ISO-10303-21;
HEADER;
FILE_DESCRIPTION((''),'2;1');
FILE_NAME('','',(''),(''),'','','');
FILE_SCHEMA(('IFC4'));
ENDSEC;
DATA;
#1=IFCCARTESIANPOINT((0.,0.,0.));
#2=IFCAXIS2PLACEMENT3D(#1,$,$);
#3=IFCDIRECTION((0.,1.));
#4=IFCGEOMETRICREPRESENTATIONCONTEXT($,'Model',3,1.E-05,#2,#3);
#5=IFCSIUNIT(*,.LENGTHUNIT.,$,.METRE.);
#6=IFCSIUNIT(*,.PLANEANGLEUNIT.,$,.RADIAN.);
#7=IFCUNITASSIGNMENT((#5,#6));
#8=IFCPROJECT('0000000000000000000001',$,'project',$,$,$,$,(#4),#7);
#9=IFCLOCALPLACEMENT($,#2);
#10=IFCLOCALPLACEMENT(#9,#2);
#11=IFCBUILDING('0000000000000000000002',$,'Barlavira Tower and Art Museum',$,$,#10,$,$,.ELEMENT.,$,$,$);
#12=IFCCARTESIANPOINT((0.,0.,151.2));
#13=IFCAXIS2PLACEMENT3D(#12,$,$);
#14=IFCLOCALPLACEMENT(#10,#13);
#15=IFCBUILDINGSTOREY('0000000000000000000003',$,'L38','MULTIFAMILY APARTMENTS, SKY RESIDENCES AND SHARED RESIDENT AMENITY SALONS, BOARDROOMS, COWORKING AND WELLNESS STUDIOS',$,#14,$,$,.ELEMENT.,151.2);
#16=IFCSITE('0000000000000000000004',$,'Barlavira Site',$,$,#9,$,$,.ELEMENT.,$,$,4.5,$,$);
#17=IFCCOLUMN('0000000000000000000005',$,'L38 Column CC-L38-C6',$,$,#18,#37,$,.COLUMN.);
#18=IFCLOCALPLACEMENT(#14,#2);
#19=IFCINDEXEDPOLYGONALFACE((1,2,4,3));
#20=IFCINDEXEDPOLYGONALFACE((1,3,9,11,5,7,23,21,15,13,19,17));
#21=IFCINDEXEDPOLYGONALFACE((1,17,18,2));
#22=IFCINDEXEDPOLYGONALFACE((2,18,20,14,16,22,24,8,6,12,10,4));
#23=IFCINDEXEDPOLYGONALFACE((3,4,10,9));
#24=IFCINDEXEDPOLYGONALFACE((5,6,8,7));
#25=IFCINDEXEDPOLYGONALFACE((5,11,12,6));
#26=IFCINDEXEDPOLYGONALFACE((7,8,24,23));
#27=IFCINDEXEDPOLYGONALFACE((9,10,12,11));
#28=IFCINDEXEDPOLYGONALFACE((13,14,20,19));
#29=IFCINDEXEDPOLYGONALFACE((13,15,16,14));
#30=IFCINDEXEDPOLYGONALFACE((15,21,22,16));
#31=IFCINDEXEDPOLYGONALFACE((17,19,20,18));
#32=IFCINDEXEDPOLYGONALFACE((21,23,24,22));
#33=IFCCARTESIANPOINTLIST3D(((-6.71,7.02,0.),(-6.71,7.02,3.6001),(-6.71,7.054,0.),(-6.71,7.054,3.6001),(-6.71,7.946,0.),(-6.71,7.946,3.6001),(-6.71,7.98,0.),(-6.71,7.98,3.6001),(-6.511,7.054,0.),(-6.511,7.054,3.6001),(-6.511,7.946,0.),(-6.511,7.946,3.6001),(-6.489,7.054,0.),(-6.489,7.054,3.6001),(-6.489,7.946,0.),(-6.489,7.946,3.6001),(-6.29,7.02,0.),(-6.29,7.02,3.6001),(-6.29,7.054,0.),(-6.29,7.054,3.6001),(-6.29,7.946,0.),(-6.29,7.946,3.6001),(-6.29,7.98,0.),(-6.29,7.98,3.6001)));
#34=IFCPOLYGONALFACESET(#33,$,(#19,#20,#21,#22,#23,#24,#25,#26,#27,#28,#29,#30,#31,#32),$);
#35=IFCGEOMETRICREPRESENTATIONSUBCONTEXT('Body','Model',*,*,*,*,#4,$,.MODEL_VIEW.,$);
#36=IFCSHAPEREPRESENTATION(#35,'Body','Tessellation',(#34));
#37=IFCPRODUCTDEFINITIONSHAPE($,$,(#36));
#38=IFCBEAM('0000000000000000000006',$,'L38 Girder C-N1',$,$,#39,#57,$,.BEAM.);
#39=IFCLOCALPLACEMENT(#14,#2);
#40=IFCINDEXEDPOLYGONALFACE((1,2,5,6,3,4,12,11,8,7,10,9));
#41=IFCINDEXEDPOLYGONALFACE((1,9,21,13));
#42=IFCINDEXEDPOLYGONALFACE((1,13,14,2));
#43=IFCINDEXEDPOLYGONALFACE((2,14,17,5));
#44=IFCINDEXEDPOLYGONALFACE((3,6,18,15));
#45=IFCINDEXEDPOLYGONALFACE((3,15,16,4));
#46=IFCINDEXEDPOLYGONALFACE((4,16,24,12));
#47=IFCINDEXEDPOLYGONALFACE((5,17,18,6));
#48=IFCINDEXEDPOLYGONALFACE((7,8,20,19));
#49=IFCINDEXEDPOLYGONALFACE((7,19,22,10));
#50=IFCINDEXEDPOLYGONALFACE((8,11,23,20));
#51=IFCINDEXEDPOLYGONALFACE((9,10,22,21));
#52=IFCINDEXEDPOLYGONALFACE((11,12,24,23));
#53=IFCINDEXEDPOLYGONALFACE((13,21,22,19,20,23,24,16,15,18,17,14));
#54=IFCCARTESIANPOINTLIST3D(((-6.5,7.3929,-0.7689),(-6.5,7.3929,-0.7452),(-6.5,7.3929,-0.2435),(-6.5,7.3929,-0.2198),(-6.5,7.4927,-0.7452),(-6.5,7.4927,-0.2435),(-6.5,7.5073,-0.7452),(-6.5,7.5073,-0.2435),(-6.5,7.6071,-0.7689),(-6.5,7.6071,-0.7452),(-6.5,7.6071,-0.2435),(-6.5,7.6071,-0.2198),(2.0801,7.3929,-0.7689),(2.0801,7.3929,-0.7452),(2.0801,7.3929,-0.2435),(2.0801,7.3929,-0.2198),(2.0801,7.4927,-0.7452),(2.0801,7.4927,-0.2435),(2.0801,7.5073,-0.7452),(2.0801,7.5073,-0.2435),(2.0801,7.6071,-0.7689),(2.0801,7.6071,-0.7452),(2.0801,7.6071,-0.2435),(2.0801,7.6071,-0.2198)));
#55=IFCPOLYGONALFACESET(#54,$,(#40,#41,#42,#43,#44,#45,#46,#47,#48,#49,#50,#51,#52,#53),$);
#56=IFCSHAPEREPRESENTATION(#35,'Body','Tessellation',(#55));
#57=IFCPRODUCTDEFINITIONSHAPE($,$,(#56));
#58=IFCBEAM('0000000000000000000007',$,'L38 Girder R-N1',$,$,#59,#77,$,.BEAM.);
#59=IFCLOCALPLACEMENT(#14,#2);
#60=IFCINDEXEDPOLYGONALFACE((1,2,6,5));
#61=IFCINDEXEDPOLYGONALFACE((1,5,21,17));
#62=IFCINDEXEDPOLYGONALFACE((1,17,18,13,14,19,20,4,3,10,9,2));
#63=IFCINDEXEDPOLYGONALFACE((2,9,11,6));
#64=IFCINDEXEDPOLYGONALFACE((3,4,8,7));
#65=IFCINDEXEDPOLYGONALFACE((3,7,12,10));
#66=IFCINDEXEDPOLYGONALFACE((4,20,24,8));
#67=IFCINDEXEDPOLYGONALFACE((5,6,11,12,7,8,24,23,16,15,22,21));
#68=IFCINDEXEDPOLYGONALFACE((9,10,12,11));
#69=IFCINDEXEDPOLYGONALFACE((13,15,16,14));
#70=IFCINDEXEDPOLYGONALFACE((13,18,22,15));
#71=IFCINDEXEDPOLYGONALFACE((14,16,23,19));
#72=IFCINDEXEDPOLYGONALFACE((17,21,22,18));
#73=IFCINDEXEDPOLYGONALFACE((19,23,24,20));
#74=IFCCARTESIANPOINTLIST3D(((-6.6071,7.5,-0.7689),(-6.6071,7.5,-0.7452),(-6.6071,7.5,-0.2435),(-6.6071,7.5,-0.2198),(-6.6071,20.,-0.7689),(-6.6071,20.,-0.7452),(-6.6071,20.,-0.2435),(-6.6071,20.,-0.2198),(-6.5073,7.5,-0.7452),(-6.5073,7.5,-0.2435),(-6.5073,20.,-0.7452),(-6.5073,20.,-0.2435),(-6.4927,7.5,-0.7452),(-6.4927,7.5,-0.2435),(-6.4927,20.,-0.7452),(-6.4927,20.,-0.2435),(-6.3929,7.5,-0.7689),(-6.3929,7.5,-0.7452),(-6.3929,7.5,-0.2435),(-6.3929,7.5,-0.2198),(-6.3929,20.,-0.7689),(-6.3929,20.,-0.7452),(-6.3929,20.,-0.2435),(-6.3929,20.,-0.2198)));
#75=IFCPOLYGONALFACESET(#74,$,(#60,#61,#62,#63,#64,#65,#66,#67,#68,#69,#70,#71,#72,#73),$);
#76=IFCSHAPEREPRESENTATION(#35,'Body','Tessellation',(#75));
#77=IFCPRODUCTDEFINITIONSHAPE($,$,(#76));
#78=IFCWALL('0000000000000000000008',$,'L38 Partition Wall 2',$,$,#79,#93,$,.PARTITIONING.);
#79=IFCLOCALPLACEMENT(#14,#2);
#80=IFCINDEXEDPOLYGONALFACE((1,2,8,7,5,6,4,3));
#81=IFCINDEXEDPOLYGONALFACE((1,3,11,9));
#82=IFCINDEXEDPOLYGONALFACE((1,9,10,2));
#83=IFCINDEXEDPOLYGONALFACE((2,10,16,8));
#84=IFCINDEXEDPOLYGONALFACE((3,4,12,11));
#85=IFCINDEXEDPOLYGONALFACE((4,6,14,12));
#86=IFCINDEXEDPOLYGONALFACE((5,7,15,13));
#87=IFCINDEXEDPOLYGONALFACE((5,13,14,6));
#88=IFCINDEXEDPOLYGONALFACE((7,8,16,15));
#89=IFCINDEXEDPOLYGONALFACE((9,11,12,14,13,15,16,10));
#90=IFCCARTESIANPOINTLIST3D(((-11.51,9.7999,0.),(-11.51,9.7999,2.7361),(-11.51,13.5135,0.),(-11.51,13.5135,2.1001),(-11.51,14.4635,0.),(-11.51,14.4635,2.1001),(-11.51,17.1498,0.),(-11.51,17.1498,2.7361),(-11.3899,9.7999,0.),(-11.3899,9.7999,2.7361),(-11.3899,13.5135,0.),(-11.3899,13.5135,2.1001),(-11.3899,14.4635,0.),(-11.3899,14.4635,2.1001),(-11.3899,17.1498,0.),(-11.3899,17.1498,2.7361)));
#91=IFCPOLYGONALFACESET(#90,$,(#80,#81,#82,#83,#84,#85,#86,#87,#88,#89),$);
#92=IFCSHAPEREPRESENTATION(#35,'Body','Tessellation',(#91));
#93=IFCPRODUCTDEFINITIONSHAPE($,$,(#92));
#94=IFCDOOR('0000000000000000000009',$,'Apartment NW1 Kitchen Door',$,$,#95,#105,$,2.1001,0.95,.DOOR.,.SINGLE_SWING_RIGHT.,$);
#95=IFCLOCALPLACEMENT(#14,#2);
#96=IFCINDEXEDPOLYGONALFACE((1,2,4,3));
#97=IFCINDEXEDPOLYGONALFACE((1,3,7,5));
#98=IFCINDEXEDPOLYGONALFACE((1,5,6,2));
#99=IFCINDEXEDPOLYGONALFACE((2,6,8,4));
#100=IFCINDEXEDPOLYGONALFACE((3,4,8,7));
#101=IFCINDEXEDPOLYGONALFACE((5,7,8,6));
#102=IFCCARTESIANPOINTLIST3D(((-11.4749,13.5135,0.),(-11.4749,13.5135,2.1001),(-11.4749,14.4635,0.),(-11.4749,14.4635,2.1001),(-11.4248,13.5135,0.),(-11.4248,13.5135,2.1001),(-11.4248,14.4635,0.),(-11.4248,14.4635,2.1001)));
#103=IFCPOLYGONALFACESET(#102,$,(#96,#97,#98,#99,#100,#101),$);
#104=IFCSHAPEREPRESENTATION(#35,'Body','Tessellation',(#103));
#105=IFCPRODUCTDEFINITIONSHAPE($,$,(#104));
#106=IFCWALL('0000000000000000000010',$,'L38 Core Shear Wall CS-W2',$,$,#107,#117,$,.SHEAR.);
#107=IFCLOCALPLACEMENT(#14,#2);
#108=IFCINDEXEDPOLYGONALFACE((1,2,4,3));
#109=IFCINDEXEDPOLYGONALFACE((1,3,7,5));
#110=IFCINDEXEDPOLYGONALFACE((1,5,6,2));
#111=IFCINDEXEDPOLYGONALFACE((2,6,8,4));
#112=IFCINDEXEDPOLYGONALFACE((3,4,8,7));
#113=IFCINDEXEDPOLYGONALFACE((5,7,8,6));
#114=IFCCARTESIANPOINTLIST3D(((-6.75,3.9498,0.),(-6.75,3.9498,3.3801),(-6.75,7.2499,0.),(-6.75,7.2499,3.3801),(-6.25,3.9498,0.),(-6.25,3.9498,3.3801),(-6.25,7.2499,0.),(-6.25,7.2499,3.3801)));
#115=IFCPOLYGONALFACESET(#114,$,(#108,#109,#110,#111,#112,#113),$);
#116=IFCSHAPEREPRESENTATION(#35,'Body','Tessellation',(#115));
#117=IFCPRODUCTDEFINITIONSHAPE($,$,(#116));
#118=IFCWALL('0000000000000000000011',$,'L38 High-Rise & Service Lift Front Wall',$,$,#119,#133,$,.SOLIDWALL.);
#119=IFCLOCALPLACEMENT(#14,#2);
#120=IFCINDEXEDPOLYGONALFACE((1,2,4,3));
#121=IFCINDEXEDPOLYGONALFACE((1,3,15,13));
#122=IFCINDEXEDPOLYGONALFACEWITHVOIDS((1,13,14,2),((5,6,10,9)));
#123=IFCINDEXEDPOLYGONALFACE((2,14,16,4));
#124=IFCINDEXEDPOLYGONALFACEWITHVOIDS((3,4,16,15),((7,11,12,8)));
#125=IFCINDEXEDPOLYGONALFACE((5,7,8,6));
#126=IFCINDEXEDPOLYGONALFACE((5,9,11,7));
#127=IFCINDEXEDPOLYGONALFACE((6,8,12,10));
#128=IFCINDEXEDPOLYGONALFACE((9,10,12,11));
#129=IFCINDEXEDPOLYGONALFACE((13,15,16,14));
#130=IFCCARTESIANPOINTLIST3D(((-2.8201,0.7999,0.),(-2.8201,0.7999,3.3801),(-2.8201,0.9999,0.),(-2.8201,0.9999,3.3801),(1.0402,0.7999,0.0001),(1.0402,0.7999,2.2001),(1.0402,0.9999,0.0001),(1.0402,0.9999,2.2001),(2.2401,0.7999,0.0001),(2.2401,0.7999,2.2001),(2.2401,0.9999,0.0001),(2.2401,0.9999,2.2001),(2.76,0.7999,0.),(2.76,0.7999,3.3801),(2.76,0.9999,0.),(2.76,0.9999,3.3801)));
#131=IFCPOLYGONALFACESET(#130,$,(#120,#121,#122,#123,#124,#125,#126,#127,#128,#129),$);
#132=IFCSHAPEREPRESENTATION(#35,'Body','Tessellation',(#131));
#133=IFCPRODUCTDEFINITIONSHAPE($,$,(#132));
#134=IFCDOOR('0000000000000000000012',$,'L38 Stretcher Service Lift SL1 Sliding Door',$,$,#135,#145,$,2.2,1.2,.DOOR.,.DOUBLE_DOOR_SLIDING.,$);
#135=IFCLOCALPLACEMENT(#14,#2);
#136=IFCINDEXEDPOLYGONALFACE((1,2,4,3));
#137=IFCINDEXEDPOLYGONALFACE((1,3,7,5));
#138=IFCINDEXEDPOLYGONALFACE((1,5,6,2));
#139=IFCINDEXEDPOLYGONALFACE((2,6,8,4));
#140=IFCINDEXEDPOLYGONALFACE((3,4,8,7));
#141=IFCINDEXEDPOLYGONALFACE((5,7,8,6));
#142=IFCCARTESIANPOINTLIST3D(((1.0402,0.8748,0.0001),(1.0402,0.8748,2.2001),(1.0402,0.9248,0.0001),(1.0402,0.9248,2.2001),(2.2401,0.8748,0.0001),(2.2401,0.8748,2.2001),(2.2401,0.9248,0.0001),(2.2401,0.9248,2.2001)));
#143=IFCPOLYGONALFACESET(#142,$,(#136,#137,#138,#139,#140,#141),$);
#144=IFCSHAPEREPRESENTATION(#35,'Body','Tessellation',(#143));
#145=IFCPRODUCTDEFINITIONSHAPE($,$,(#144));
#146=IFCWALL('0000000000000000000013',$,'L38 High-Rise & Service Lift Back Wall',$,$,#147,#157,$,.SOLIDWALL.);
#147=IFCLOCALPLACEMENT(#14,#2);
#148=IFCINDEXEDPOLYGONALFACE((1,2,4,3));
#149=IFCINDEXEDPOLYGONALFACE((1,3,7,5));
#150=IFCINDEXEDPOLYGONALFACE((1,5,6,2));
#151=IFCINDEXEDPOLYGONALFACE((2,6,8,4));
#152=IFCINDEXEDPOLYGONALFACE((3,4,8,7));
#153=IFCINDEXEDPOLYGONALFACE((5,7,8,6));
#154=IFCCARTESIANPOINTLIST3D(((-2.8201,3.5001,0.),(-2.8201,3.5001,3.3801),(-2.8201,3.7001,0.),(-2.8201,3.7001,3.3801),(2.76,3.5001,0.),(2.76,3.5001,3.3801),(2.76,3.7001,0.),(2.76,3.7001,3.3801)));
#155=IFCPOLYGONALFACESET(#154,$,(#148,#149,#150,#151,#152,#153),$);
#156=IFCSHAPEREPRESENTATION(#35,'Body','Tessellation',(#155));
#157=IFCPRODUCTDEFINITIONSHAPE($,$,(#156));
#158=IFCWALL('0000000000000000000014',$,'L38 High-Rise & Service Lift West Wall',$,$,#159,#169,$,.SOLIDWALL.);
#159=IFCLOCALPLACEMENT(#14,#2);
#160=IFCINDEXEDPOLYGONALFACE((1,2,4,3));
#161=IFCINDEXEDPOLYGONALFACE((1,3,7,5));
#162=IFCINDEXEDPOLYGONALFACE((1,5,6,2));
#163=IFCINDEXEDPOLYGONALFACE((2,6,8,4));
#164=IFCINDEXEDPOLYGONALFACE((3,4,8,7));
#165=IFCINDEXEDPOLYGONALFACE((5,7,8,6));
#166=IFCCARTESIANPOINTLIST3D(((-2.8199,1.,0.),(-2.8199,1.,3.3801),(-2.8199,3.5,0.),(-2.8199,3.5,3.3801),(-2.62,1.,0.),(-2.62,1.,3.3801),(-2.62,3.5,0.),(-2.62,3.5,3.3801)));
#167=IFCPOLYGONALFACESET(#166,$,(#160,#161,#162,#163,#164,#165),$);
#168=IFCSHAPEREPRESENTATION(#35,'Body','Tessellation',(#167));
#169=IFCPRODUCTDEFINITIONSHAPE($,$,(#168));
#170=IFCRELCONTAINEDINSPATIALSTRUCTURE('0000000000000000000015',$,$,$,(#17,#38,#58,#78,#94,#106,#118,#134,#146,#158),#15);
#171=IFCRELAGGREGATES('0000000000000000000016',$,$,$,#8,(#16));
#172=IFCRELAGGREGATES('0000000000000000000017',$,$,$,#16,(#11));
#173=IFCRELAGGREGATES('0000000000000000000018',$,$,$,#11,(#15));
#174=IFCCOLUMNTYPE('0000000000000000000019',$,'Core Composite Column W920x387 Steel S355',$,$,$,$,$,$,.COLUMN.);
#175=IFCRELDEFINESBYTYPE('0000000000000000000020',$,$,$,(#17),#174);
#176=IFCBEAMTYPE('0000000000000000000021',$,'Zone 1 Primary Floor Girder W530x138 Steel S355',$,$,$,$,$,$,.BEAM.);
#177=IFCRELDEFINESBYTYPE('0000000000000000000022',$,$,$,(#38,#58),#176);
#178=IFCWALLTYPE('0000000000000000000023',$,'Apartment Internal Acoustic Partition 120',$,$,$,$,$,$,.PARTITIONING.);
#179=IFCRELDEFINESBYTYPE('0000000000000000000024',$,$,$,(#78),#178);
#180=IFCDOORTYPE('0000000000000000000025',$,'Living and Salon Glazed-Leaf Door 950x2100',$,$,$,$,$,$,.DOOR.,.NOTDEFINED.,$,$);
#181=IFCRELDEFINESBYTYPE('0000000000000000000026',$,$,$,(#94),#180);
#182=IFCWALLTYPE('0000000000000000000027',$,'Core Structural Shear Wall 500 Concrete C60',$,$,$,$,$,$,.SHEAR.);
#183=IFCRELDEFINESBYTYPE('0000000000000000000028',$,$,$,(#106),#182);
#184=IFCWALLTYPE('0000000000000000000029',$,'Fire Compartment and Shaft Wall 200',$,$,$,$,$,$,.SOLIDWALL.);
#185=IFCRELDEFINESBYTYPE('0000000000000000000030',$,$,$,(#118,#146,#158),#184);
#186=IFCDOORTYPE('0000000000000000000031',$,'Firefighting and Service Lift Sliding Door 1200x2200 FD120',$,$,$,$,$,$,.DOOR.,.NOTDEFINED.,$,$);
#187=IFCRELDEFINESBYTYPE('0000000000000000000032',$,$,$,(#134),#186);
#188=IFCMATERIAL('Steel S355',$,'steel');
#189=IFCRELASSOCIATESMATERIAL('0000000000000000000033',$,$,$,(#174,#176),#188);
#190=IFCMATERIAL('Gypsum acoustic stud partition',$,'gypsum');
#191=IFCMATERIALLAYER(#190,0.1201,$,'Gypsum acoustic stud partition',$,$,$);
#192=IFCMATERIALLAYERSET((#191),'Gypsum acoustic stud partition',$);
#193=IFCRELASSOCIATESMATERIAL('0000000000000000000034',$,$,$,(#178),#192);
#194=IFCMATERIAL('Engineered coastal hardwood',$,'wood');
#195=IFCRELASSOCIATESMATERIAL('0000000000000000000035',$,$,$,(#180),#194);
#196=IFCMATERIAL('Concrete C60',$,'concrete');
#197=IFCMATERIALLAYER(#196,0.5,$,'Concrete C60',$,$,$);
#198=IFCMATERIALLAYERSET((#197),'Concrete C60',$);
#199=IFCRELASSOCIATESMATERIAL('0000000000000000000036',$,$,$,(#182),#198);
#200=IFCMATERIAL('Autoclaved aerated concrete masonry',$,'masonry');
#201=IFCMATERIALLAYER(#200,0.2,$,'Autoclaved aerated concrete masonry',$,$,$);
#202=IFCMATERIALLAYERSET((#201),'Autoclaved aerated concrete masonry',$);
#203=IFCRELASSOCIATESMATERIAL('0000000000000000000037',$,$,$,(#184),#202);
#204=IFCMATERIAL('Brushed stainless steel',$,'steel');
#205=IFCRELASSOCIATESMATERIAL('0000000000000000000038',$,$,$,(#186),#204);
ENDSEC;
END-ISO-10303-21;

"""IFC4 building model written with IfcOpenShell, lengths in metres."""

from ifc_helpers import new_model, si_unit, direction, frame, frame_2d, origin, origin_2d, place, context, subcontext, project, spatial, rectangle, i_section, extrude, material, layer, layer_set, material_profile, profile_set, type_object, element, fill, save


model = new_model("IFC4")

# Units and contexts
model_context = context("Model", 3, precision=1e-05, world=origin(), true_north=direction((0.0, 1.0)))
body_context = subcontext(model_context, "Body", "Model", "MODEL_VIEW")
ifc_project = project(units=[si_unit("LENGTHUNIT", "METRE"), si_unit("PLANEANGLEUNIT", "RADIAN")], contexts=[model_context])

# Site, building, storey
site_placement = place(None, origin())
site = spatial("IfcSite", under=ifc_project, at=site_placement, Name="Barlavira Site", CompositionType="ELEMENT", RefElevation=4.5)
building_placement = place(site_placement, origin())
building = spatial("IfcBuilding", under=site, at=building_placement, Name="Barlavira Tower and Art Museum", CompositionType="ELEMENT")
storey_placement = place(building_placement, frame((0.0, 0.0, 151.2)))
storey = spatial("IfcBuildingStorey", under=building, at=storey_placement, Name="L38", Description="MULTIFAMILY APARTMENTS, SKY RESIDENCES AND SHARED RESIDENT AMENITY SALONS, BOARDROOMS, COWORKING AND WELLNESS STUDIOS", CompositionType="ELEMENT", Elevation=151.2)

# Column
ifc_material_1 = material(Name="Steel S355", Category="steel")
ifc_material_profile_1 = material_profile(ifc_material_1, i_section(OverallWidth=0.4199, OverallDepth=0.96, WebThickness=0.022, FlangeThickness=0.0339, at=origin_2d()), Name="W920x387.0")
ifc_profile_set_1 = profile_set([ifc_material_profile_1], Name="Steel S355")
column_type = type_object("IfcColumnType", Name="Core Composite Column W920x387 Steel S355", PredefinedType="COLUMN", material=ifc_profile_set_1)
column_placement = place(storey_placement, frame((-6.5, 7.5, 0.0), z_axis=(0.0, 0.0, 1.0), x_axis=(1.0, 0.0, 0.0)))
element("IfcColumn", 1, at=column_placement, inside=storey, type_object=column_type, Name="L38 Column CC-L38-C6", PredefinedType="COLUMN", context=body_context, shape_type="SweptSolid", body=[
    extrude(i_section(OverallWidth=0.4199, OverallDepth=0.96, WebThickness=0.022, FlangeThickness=0.0339, at=origin_2d()), origin(), (0.0, 0.0, 1.0), 3.6001),
])

# Beams
ifc_material_profile_2 = material_profile(ifc_material_1, i_section(OverallWidth=0.2141, OverallDepth=0.5491, WebThickness=0.0146, FlangeThickness=0.0237, at=origin_2d()), Name="W530x138.0")
ifc_profile_set_2 = profile_set([ifc_material_profile_2], Name="Steel S355")
beam_type = type_object("IfcBeamType", Name="Zone 1 Primary Floor Girder W530x138 Steel S355", PredefinedType="BEAM", material=ifc_profile_set_2)
beam_1_placement = place(storey_placement, frame((-6.5, 7.5, -0.4944), z_axis=(1.0, 0.0, 0.0), x_axis=(0.0, 1.0, 0.0)))
element("IfcBeam", 2, at=beam_1_placement, inside=storey, type_object=beam_type, Name="L38 Girder C-N1", PredefinedType="BEAM", context=body_context, shape_type="SweptSolid", body=[
    extrude(i_section(OverallWidth=0.2141, OverallDepth=0.5491, WebThickness=0.0146, FlangeThickness=0.0237, at=origin_2d()), origin(), (0.0, 0.0, 1.0), 8.5801),
])
beam_2_placement = place(storey_placement, frame((-6.5, 7.5, -0.4944), z_axis=(0.0, 1.0, 0.0), x_axis=(-1.0, 0.0, 0.0)))
element("IfcBeam", 3, at=beam_2_placement, inside=storey, type_object=beam_type, Name="L38 Girder R-N1", PredefinedType="BEAM", context=body_context, shape_type="SweptSolid", body=[
    extrude(i_section(OverallWidth=0.2141, OverallDepth=0.5491, WebThickness=0.0146, FlangeThickness=0.0237, at=origin_2d()), origin(), (0.0, 0.0, 1.0), 12.5),
])

# Wall, opening, door
ifc_material_2 = material(Name="Gypsum acoustic stud partition", Category="gypsum")
ifc_layer_1 = layer(ifc_material_2, 0.1201, Name="Gypsum acoustic stud partition")
ifc_layer_set_1 = layer_set([ifc_layer_1], Name="Gypsum acoustic stud partition")
wall_type_1 = type_object("IfcWallType", Name="Apartment Internal Acoustic Partition 120", PredefinedType="PARTITIONING", material=ifc_layer_set_1)
wall_1_placement = place(storey_placement, frame((-11.45, 9.8, 0.0), z_axis=(0.0, 0.0, 1.0), x_axis=(0.0, 1.0, 0.0)))
wall_1 = element("IfcWall", 4, at=wall_1_placement, inside=storey, type_object=wall_type_1, Name="L38 Partition Wall 2", PredefinedType="PARTITIONING", context=body_context, shape_type="SweptSolid", body=[
    extrude(rectangle(XDim=7.3499, YDim=0.1201, at=frame_2d((3.6748, 0.0))), origin(), (0.0, 0.0, 1.0), 2.7361),
])
opening_1_placement = place(wall_1_placement, frame((3.7134, 0.0, 0.0)))
opening_1 = element("IfcOpeningElement", 5, at=opening_1_placement, cuts=wall_1, PredefinedType="OPENING", context=body_context, shape_type="SweptSolid", body=[
    extrude(rectangle(XDim=0.95, YDim=2.1001, at=frame_2d((0.4751, 1.05))), frame((0.0, 0.0701, 0.0), z_axis=(0.0, -1.0, 0.0), x_axis=(1.0, 0.0, 0.0)), (0.0, 0.0, 1.0), 0.1401),
])
ifc_material_3 = material(Name="Engineered coastal hardwood", Category="wood")
door_type_1 = type_object("IfcDoorType", Name="Living and Salon Glazed-Leaf Door 950x2100", OperationType="NOTDEFINED", PredefinedType="DOOR", material=ifc_material_3)
door_1_placement = place(opening_1_placement, origin())
door_1 = element("IfcDoor", 6, at=door_1_placement, inside=storey, type_object=door_type_1, Name="Apartment NW1 Kitchen Door", OperationType="SINGLE_SWING_RIGHT", OverallHeight=2.1001, OverallWidth=0.95, PredefinedType="DOOR", context=body_context, shape_type="SweptSolid", body=[
    extrude(rectangle(XDim=0.95, YDim=2.1001, at=frame_2d((0.4751, 1.05))), frame((0.0, 0.0249, 0.0), z_axis=(0.0, -1.0, 0.0), x_axis=(1.0, 0.0, 0.0)), (0.0, 0.0, 1.0), 0.05),
])
fill(opening_1, door_1)
ifc_material_4 = material(Name="Concrete C60", Category="concrete")
ifc_layer_2 = layer(ifc_material_4, 0.5, Name="Concrete C60")
ifc_layer_set_2 = layer_set([ifc_layer_2], Name="Concrete C60")
wall_type_2 = type_object("IfcWallType", Name="Core Structural Shear Wall 500 Concrete C60", PredefinedType="SHEAR", material=ifc_layer_set_2)
ifc_material_5 = material(Name="Brushed stainless steel", Category="steel")

# Wall
wall_2_placement = place(storey_placement, frame((-6.5, 3.95, 0.0), z_axis=(0.0, 0.0, 1.0), x_axis=(0.0, 1.0, 0.0)))
element("IfcWall", 7, at=wall_2_placement, inside=storey, type_object=wall_type_2, Name="L38 Core Shear Wall CS-W2", PredefinedType="SHEAR", context=body_context, shape_type="SweptSolid", body=[
    extrude(rectangle(XDim=3.3, YDim=0.5, at=frame_2d((1.6499, 0.0))), origin(), (0.0, 0.0, 1.0), 3.3801),
])

# Wall, opening, door
ifc_material_6 = material(Name="Autoclaved aerated concrete masonry", Category="masonry")
ifc_layer_3 = layer(ifc_material_6, 0.2, Name="Autoclaved aerated concrete masonry")
ifc_layer_set_3 = layer_set([ifc_layer_3], Name="Autoclaved aerated concrete masonry")
wall_type_3 = type_object("IfcWallType", Name="Fire Compartment and Shaft Wall 200", PredefinedType="SOLIDWALL", material=ifc_layer_set_3)
wall_3_placement = place(storey_placement, frame((-2.8201, 0.8999, 0.0), z_axis=(0.0, 0.0, 1.0), x_axis=(1.0, 0.0, 0.0)))
wall_3 = element("IfcWall", 8, at=wall_3_placement, inside=storey, type_object=wall_type_3, Name="L38 High-Rise & Service Lift Front Wall", PredefinedType="SOLIDWALL", context=body_context, shape_type="SweptSolid", body=[
    extrude(rectangle(XDim=5.5801, YDim=0.2, at=frame_2d((2.79, 0.0))), origin(), (0.0, 0.0, 1.0), 3.3801),
])
opening_2_placement = place(wall_3_placement, frame((3.8601, 0.0, 0.0)))
opening_2 = element("IfcOpeningElement", 9, at=opening_2_placement, cuts=wall_3, PredefinedType="OPENING", context=body_context, shape_type="SweptSolid", body=[
    extrude(rectangle(XDim=1.2, YDim=2.2, at=frame_2d((0.6001, 1.1001))), frame((0.0, 0.1099, 0.0), z_axis=(0.0, -1.0, 0.0), x_axis=(1.0, 0.0, 0.0)), (0.0, 0.0, 1.0), 0.22),
])
door_type_2 = type_object("IfcDoorType", Name="Firefighting and Service Lift Sliding Door 1200x2200 FD120", OperationType="NOTDEFINED", PredefinedType="DOOR", material=ifc_material_5)
door_2_placement = place(opening_2_placement, origin())
door_2 = element("IfcDoor", 10, at=door_2_placement, inside=storey, type_object=door_type_2, Name="L38 Stretcher Service Lift SL1 Sliding Door", OperationType="DOUBLE_DOOR_SLIDING", OverallHeight=2.2, OverallWidth=1.2, PredefinedType="DOOR", context=body_context, shape_type="SweptSolid", body=[
    extrude(rectangle(XDim=1.2, YDim=2.2, at=frame_2d((0.6001, 1.1001))), frame((0.0, 0.0249, 0.0), z_axis=(0.0, -1.0, 0.0), x_axis=(1.0, 0.0, 0.0)), (0.0, 0.0, 1.0), 0.05),
])
fill(opening_2, door_2)

# Walls
wall_4_placement = place(storey_placement, frame((-2.8201, 3.6001, 0.0), z_axis=(0.0, 0.0, 1.0), x_axis=(1.0, 0.0, 0.0)))
element("IfcWall", 11, at=wall_4_placement, inside=storey, type_object=wall_type_3, Name="L38 High-Rise & Service Lift Back Wall", PredefinedType="SOLIDWALL", context=body_context, shape_type="SweptSolid", body=[
    extrude(rectangle(XDim=5.5801, YDim=0.2, at=frame_2d((2.79, 0.0))), origin(), (0.0, 0.0, 1.0), 3.3801),
])
wall_5_placement = place(storey_placement, frame((-2.72, 1.0, 0.0), z_axis=(0.0, 0.0, 1.0), x_axis=(0.0, 1.0, 0.0)))
element("IfcWall", 12, at=wall_5_placement, inside=storey, type_object=wall_type_3, Name="L38 High-Rise & Service Lift West Wall", PredefinedType="SOLIDWALL", context=body_context, shape_type="SweptSolid", body=[
    extrude(rectangle(XDim=2.5, YDim=0.2, at=frame_2d((1.25, 0.0))), origin(), (0.0, 0.0, 1.0), 3.3801),
])

save(model, "model.ifc")
